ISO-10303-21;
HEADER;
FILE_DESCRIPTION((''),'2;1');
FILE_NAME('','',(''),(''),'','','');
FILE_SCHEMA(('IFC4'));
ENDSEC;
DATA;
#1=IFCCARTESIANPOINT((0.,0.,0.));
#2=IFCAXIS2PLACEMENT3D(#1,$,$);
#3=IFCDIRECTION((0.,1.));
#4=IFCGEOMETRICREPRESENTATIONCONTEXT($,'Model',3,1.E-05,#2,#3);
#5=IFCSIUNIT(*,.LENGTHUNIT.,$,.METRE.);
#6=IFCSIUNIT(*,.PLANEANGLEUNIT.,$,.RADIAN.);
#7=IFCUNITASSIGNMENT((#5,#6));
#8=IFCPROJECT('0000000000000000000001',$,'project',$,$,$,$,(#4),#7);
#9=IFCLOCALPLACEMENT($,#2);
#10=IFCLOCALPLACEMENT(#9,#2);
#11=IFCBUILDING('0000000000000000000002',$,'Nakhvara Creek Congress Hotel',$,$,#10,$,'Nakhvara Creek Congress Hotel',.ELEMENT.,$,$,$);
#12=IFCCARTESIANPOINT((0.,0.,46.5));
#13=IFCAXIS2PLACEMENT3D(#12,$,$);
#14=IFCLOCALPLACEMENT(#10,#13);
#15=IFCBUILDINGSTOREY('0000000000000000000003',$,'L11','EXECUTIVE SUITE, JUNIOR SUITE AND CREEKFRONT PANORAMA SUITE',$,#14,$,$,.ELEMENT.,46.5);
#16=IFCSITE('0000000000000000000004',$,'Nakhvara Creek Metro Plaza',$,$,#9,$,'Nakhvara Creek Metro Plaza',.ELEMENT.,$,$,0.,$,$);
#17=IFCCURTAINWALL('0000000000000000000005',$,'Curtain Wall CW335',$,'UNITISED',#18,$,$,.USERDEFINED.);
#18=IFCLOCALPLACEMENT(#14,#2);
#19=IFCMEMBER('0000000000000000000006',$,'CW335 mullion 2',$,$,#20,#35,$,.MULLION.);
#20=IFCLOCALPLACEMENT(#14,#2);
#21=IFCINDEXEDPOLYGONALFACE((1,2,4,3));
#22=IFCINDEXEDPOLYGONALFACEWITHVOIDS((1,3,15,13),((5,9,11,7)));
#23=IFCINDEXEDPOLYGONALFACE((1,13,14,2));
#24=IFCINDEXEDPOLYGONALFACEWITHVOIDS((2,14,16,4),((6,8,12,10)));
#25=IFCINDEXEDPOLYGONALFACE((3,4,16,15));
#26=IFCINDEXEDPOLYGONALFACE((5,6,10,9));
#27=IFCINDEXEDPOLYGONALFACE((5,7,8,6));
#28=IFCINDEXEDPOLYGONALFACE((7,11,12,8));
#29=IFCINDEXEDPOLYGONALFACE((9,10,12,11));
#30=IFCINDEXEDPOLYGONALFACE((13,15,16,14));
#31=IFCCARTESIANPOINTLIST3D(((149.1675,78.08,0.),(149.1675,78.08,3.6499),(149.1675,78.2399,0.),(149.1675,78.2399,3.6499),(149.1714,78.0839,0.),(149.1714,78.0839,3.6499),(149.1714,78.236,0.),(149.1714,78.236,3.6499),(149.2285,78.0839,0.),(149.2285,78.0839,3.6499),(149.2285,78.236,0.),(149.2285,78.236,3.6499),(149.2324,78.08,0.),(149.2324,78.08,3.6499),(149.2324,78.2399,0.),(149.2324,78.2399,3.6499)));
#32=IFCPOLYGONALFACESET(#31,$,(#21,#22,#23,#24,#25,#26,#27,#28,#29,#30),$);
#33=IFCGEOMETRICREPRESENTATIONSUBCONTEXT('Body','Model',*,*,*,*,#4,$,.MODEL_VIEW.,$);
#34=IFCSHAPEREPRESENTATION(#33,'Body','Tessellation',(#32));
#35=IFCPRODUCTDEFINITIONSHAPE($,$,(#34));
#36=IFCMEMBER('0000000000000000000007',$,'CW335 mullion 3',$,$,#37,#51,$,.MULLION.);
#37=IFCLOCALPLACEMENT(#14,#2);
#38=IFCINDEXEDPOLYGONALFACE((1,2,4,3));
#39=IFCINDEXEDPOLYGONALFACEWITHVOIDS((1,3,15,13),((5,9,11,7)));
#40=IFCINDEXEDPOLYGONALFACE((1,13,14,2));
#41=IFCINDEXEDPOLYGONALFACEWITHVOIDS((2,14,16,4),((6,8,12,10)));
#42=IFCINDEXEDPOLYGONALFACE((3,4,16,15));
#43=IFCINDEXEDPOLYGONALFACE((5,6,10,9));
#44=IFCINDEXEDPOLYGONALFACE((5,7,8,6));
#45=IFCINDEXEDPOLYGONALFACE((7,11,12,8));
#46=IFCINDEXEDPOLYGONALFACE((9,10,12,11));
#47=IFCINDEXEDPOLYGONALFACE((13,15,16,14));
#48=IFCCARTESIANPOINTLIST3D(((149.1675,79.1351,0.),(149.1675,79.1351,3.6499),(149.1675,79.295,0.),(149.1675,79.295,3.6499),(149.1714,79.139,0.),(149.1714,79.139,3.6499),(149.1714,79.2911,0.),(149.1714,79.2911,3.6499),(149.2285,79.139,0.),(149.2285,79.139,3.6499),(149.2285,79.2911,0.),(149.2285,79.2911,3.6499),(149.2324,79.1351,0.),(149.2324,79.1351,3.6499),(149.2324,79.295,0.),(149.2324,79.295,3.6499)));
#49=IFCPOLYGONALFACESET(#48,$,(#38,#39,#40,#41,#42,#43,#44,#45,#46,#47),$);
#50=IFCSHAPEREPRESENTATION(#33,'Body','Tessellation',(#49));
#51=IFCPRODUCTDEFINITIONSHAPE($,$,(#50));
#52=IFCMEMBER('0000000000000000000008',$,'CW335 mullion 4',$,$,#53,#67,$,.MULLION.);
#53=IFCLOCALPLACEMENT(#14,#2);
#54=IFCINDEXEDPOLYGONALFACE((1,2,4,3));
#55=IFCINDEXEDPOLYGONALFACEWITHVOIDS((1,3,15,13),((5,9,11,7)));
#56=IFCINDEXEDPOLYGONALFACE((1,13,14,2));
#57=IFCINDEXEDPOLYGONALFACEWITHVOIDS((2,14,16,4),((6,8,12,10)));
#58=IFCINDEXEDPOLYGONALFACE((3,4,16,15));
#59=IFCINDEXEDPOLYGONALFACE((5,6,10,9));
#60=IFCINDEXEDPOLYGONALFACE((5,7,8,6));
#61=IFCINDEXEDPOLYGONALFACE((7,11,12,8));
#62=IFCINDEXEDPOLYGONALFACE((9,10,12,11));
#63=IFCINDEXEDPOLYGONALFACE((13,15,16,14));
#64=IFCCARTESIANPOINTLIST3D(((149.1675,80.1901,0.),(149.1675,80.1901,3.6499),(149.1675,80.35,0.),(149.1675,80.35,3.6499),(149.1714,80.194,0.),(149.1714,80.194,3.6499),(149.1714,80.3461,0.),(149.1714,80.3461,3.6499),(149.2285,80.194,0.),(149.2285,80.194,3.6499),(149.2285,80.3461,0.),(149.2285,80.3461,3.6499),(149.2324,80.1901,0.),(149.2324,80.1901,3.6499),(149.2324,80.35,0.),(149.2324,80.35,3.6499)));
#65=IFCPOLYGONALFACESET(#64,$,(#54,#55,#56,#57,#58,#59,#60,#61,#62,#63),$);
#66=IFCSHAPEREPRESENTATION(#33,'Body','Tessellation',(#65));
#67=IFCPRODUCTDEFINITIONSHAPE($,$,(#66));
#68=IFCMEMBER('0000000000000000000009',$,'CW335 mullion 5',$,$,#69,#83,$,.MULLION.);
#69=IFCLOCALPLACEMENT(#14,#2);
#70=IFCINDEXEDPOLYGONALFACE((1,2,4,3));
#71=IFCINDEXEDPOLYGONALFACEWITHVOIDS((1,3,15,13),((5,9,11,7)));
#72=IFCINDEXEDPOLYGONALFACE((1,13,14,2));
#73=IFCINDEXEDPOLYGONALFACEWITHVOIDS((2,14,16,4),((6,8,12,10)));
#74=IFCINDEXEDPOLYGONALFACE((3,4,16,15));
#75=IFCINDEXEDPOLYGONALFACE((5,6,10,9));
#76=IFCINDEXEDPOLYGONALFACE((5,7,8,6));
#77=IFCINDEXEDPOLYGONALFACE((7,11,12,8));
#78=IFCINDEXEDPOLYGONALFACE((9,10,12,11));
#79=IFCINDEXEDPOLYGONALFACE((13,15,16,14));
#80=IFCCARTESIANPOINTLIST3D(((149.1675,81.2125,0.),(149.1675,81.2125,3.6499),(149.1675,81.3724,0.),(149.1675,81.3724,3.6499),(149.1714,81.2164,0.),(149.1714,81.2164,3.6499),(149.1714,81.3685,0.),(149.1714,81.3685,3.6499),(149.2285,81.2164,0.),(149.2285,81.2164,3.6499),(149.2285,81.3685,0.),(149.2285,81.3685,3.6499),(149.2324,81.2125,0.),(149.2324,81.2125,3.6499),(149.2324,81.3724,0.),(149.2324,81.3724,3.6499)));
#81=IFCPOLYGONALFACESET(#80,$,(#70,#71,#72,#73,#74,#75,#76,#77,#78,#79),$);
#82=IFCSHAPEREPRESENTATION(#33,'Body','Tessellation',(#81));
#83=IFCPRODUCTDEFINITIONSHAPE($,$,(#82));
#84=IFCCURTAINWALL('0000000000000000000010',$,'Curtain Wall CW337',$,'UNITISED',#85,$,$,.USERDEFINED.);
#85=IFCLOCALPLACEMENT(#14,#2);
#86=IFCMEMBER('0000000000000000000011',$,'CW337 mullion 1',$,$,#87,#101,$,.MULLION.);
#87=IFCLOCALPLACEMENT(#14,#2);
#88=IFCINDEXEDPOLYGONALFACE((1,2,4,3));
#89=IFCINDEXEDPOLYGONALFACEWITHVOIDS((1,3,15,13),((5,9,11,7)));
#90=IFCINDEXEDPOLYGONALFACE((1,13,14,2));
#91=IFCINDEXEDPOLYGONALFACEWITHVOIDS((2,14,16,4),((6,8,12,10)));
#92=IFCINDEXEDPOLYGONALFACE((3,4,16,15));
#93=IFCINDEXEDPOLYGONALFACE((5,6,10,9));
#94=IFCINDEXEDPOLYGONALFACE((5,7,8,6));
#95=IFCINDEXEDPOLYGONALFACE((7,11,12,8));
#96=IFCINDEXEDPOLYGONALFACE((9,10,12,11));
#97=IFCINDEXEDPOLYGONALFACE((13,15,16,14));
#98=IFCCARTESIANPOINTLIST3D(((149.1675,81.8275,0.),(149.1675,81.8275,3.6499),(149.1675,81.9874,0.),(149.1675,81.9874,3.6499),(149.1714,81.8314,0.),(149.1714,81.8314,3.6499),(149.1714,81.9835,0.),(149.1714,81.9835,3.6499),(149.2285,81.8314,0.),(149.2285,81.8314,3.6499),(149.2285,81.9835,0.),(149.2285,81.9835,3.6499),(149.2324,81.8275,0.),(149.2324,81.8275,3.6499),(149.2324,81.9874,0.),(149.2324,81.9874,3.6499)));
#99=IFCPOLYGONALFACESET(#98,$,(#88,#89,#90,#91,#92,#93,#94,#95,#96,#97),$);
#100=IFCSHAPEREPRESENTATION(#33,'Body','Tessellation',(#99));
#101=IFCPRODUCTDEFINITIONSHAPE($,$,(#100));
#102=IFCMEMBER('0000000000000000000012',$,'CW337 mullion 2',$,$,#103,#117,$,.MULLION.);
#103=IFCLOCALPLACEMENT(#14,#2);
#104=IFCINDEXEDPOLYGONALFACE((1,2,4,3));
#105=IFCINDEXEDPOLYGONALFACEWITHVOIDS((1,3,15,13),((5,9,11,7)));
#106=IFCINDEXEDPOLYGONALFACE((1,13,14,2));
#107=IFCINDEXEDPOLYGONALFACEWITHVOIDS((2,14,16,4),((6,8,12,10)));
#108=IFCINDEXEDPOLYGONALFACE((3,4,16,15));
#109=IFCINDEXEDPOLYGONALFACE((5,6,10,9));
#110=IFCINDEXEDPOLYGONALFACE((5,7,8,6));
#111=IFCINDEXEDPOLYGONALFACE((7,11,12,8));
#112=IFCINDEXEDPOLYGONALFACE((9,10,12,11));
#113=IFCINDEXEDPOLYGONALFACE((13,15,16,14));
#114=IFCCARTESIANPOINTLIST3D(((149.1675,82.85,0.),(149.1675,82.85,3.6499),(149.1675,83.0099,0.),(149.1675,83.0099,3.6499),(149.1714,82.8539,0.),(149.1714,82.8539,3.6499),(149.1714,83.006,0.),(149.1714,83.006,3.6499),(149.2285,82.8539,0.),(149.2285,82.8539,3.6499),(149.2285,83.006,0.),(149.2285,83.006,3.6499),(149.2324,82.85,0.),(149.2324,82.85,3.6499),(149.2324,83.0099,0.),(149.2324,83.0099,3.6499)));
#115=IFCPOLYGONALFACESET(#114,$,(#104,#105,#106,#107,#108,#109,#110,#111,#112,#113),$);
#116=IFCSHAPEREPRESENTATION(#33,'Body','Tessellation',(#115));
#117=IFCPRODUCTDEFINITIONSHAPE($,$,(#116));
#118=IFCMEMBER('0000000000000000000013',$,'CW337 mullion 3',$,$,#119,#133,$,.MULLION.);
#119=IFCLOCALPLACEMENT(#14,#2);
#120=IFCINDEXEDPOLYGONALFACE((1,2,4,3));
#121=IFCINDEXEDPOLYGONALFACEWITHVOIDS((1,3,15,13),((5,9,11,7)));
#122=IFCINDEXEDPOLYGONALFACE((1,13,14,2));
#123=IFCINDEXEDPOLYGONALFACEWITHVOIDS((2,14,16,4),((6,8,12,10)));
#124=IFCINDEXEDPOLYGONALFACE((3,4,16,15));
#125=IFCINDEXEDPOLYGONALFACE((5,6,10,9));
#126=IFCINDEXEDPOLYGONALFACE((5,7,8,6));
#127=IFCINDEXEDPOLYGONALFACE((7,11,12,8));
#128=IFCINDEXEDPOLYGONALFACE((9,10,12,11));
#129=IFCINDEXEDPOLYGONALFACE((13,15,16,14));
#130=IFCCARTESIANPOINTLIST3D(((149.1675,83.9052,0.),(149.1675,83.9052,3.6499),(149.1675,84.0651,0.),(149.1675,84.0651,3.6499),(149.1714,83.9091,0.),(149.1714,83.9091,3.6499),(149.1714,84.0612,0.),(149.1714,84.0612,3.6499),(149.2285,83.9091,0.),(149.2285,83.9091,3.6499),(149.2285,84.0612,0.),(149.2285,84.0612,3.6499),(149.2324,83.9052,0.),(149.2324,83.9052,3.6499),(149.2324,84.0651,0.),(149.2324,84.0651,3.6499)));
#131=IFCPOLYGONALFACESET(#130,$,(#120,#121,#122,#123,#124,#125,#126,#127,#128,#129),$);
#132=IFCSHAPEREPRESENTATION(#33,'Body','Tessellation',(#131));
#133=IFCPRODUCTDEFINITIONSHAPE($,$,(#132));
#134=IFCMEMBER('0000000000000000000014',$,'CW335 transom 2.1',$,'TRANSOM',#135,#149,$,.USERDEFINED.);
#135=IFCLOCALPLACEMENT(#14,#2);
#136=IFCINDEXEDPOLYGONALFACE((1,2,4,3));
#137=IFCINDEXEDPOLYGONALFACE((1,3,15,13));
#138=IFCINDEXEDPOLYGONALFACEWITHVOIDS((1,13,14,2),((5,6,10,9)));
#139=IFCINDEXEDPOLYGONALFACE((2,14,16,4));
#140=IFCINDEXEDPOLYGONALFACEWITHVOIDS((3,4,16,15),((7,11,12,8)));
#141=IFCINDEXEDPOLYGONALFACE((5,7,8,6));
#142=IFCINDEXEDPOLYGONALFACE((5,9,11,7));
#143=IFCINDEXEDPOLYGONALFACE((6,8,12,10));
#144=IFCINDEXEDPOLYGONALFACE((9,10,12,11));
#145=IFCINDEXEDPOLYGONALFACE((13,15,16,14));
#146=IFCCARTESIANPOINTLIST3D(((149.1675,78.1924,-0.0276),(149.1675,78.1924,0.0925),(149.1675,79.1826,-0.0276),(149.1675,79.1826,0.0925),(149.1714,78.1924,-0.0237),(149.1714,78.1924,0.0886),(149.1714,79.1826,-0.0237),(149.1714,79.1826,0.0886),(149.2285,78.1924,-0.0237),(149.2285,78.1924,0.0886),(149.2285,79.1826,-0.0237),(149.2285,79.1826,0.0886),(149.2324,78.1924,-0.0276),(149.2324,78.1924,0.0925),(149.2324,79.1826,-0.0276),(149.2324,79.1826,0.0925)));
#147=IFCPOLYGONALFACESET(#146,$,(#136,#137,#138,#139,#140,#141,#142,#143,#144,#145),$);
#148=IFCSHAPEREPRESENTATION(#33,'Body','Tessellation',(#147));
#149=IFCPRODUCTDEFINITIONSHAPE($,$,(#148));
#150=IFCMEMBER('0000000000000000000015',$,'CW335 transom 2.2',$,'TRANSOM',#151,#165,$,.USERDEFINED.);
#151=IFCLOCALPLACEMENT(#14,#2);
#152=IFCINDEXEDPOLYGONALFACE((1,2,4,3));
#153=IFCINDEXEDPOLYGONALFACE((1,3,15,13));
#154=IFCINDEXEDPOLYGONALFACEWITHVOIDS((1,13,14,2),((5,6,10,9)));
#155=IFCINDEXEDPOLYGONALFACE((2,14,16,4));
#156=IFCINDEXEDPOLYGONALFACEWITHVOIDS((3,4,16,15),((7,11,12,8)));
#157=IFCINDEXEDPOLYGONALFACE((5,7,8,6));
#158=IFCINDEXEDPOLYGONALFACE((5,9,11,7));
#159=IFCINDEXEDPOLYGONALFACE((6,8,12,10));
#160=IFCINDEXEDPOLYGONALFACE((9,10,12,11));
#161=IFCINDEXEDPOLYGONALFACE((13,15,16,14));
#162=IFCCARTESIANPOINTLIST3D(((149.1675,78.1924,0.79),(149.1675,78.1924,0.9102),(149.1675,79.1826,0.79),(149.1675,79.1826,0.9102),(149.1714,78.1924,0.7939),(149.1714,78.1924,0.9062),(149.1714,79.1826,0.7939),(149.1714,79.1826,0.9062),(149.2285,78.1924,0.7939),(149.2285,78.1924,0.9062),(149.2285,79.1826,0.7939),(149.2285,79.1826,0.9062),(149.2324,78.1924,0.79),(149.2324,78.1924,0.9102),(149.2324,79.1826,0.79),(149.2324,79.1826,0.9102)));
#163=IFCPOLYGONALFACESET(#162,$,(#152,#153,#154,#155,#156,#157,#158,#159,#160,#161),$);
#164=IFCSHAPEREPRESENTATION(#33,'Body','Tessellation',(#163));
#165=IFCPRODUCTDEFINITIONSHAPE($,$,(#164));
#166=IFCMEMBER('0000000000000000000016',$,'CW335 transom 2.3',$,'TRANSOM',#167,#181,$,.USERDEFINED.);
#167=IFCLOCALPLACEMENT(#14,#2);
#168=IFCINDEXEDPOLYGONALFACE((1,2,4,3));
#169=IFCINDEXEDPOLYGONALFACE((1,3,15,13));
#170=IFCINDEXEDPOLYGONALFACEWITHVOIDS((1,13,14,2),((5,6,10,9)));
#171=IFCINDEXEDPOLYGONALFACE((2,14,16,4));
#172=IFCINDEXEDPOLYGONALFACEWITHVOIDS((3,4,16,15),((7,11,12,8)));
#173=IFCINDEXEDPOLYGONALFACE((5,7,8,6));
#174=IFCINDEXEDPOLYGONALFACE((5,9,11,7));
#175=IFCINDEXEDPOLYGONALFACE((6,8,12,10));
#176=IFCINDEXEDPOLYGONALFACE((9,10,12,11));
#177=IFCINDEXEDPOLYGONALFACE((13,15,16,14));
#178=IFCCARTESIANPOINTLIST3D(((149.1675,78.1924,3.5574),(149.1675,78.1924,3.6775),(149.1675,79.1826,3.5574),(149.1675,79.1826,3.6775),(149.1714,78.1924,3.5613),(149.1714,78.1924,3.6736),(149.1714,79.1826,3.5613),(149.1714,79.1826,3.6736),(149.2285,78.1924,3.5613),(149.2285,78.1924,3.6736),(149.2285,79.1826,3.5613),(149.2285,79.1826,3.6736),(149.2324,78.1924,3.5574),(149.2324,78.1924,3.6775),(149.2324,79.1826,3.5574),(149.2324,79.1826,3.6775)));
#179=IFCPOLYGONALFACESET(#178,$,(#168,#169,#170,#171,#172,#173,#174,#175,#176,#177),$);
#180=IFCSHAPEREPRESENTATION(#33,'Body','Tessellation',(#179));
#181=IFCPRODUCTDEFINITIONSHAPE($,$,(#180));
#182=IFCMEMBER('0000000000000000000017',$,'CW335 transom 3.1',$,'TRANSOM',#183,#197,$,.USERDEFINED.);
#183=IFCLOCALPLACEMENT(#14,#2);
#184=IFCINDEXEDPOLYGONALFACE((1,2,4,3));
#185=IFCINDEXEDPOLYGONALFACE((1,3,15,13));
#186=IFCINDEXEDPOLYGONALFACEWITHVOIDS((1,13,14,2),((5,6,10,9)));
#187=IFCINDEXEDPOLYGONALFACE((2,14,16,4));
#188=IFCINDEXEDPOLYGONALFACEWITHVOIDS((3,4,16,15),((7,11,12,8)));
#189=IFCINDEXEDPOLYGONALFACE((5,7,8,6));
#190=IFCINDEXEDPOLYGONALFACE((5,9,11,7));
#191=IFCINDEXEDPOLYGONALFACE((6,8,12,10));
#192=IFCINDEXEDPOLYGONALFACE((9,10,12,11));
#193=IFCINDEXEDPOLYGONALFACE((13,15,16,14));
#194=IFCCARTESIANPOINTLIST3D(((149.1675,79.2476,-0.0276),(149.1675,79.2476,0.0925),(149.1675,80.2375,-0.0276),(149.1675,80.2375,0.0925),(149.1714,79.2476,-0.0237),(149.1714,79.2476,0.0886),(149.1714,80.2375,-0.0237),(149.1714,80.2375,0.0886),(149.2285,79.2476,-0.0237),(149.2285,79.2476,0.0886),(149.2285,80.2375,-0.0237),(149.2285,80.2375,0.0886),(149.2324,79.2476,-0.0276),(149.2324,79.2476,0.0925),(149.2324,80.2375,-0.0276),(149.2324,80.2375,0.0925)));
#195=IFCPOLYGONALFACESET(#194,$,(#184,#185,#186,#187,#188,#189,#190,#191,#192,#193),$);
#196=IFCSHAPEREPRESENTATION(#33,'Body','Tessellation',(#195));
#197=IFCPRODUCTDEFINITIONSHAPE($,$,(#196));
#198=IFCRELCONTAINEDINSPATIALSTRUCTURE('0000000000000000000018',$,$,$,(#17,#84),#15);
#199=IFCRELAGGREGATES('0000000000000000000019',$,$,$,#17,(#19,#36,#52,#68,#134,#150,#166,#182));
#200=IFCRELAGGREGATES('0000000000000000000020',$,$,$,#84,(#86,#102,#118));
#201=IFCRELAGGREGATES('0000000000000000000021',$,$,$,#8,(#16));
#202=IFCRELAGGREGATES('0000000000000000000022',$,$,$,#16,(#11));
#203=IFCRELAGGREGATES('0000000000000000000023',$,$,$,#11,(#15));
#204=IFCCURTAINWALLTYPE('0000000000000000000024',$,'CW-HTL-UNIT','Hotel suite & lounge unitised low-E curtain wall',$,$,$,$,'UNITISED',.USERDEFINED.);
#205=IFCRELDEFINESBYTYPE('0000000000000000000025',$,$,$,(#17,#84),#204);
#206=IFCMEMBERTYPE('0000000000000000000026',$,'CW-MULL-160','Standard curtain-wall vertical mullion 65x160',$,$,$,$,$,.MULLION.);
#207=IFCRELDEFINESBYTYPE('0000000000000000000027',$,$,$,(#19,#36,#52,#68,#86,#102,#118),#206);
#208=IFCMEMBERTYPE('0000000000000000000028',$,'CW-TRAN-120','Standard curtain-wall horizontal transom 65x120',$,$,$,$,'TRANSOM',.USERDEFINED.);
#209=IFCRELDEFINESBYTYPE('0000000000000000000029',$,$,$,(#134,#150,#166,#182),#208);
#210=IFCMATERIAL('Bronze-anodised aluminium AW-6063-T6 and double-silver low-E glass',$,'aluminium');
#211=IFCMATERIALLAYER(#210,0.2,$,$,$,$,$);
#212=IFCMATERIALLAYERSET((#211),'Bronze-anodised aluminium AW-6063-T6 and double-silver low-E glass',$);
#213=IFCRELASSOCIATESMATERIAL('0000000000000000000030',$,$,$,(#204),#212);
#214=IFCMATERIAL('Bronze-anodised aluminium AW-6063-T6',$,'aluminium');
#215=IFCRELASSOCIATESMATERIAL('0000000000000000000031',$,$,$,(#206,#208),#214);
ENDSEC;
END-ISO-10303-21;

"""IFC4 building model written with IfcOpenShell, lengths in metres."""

from ifc_helpers import new_model, si_unit, direction, frame, origin, origin_2d, place, context, subcontext, project, spatial, hollow_rectangle, extrude, material, layer, layer_set, material_profile, profile_set, type_object, element, aggregate, save


model = new_model("IFC4")

# Units and contexts
model_context = context("Model", 3, precision=1e-05, world=origin(), true_north=direction((0.0, 1.0)))
body_context = subcontext(model_context, "Body", "Model", "MODEL_VIEW")
ifc_project = project(units=[si_unit("LENGTHUNIT", "METRE"), si_unit("PLANEANGLEUNIT", "RADIAN")], contexts=[model_context])

# Site, building, storey
site_placement = place(None, origin())
site = spatial("IfcSite", under=ifc_project, at=site_placement, Name="Nakhvara Creek Metro Plaza", LongName="Nakhvara Creek Metro Plaza", CompositionType="ELEMENT", RefElevation=0.0)
building_placement = place(site_placement, origin())
building = spatial("IfcBuilding", under=site, at=building_placement, Name="Nakhvara Creek Congress Hotel", LongName="Nakhvara Creek Congress Hotel", CompositionType="ELEMENT")
storey_placement = place(building_placement, frame((0.0, 0.0, 46.5)))
storey = spatial("IfcBuildingStorey", under=building, at=storey_placement, Name="L11", Description="EXECUTIVE SUITE, JUNIOR SUITE AND CREEKFRONT PANORAMA SUITE", CompositionType="ELEMENT", Elevation=46.5)

# Curtain walls, members
ifc_material_1 = material(Name="Bronze-anodised aluminium AW-6063-T6 and double-silver low-E glass", Category="aluminium")
ifc_layer = layer(ifc_material_1, 0.2)
ifc_layer_set = layer_set([ifc_layer], Name="Bronze-anodised aluminium AW-6063-T6 and double-silver low-E glass")
curtain_wall_type = type_object("IfcCurtainWallType", Name="CW-HTL-UNIT", Description="Hotel suite & lounge unitised low-E curtain wall", ElementType="UNITISED", PredefinedType="USERDEFINED", material=ifc_layer_set)
curtain_wall_1_placement = place(storey_placement, origin())
curtain_wall_1 = element("IfcCurtainWall", 1, at=curtain_wall_1_placement, inside=storey, type_object=curtain_wall_type, Name="Curtain Wall CW335", ObjectType="UNITISED", PredefinedType="USERDEFINED")
ifc_material_2 = material(Name="Bronze-anodised aluminium AW-6063-T6", Category="aluminium")
ifc_material_profile_1 = material_profile(ifc_material_2, hollow_rectangle(XDim=0.0649, YDim=0.1599, WallThickness=0.0039, at=origin_2d()), Name="ALU-MULL 65x160x4", Category="LoadBearing")
ifc_profile_set_1 = profile_set([ifc_material_profile_1], Name="Bronze-anodised aluminium AW-6063-T6")
member_type_1 = type_object("IfcMemberType", Name="CW-MULL-160", Description="Standard curtain-wall vertical mullion 65x160", PredefinedType="MULLION", material=ifc_profile_set_1)
member_1_placement = place(storey_placement, frame((149.2, 78.1599, 0.0), z_axis=(0.0, 0.0, 1.0), x_axis=(-1.0, 0.0, 0.0)))
member_1 = element("IfcMember", 2, at=member_1_placement, type_object=member_type_1, Name="CW335 mullion 2", PredefinedType="MULLION", context=body_context, shape_type="SweptSolid", body=[
    extrude(hollow_rectangle(XDim=0.0649, YDim=0.1599, WallThickness=0.0039, at=origin_2d()), origin(), (0.0, 0.0, 1.0), 3.6499),
])
member_2_placement = place(storey_placement, frame((149.2, 79.2151, 0.0), z_axis=(0.0, 0.0, 1.0), x_axis=(-1.0, 0.0, 0.0)))
member_2 = element("IfcMember", 3, at=member_2_placement, type_object=member_type_1, Name="CW335 mullion 3", PredefinedType="MULLION", context=body_context, shape_type="SweptSolid", body=[
    extrude(hollow_rectangle(XDim=0.0649, YDim=0.1599, WallThickness=0.0039, at=origin_2d()), origin(), (0.0, 0.0, 1.0), 3.6499),
])
member_3_placement = place(storey_placement, frame((149.2, 80.27, 0.0), z_axis=(0.0, 0.0, 1.0), x_axis=(-1.0, 0.0, 0.0)))
member_3 = element("IfcMember", 4, at=member_3_placement, type_object=member_type_1, Name="CW335 mullion 4", PredefinedType="MULLION", context=body_context, shape_type="SweptSolid", body=[
    extrude(hollow_rectangle(XDim=0.0649, YDim=0.1599, WallThickness=0.0039, at=origin_2d()), origin(), (0.0, 0.0, 1.0), 3.6499),
])
member_4_placement = place(storey_placement, frame((149.2, 81.2925, 0.0), z_axis=(0.0, 0.0, 1.0), x_axis=(-1.0, 0.0, 0.0)))
member_4 = element("IfcMember", 5, at=member_4_placement, type_object=member_type_1, Name="CW335 mullion 5", PredefinedType="MULLION", context=body_context, shape_type="SweptSolid", body=[
    extrude(hollow_rectangle(XDim=0.0649, YDim=0.1599, WallThickness=0.0039, at=origin_2d()), origin(), (0.0, 0.0, 1.0), 3.6499),
])
curtain_wall_2_placement = place(storey_placement, origin())
curtain_wall_2 = element("IfcCurtainWall", 6, at=curtain_wall_2_placement, inside=storey, type_object=curtain_wall_type, Name="Curtain Wall CW337", ObjectType="UNITISED", PredefinedType="USERDEFINED")
member_5_placement = place(storey_placement, frame((149.2, 81.9075, 0.0), z_axis=(0.0, 0.0, 1.0), x_axis=(-1.0, 0.0, 0.0)))
member_5 = element("IfcMember", 7, at=member_5_placement, type_object=member_type_1, Name="CW337 mullion 1", PredefinedType="MULLION", context=body_context, shape_type="SweptSolid", body=[
    extrude(hollow_rectangle(XDim=0.0649, YDim=0.1599, WallThickness=0.0039, at=origin_2d()), origin(), (0.0, 0.0, 1.0), 3.6499),
])
member_6_placement = place(storey_placement, frame((149.2, 82.9299, 0.0), z_axis=(0.0, 0.0, 1.0), x_axis=(-1.0, 0.0, 0.0)))
member_6 = element("IfcMember", 8, at=member_6_placement, type_object=member_type_1, Name="CW337 mullion 2", PredefinedType="MULLION", context=body_context, shape_type="SweptSolid", body=[
    extrude(hollow_rectangle(XDim=0.0649, YDim=0.1599, WallThickness=0.0039, at=origin_2d()), origin(), (0.0, 0.0, 1.0), 3.6499),
])
member_7_placement = place(storey_placement, frame((149.2, 83.9851, 0.0), z_axis=(0.0, 0.0, 1.0), x_axis=(-1.0, 0.0, 0.0)))
member_7 = element("IfcMember", 9, at=member_7_placement, type_object=member_type_1, Name="CW337 mullion 3", PredefinedType="MULLION", context=body_context, shape_type="SweptSolid", body=[
    extrude(hollow_rectangle(XDim=0.0649, YDim=0.1599, WallThickness=0.0039, at=origin_2d()), origin(), (0.0, 0.0, 1.0), 3.6499),
])

# Members
ifc_material_profile_2 = material_profile(ifc_material_2, hollow_rectangle(XDim=0.0649, YDim=0.1201, WallThickness=0.0039, at=origin_2d()), Name="ALU-TRAN 65x120x4", Category="LoadBearing")
ifc_profile_set_2 = profile_set([ifc_material_profile_2], Name="Bronze-anodised aluminium AW-6063-T6")
member_type_2 = type_object("IfcMemberType", Name="CW-TRAN-120", Description="Standard curtain-wall horizontal transom 65x120", ElementType="TRANSOM", PredefinedType="USERDEFINED", material=ifc_profile_set_2)
member_8_placement = place(storey_placement, frame((149.2, 78.1924, 0.0325), z_axis=(0.0, 1.0, 0.0), x_axis=(-1.0, 0.0, 0.0)))
member_8 = element("IfcMember", 10, at=member_8_placement, type_object=member_type_2, Name="CW335 transom 2.1", ObjectType="TRANSOM", PredefinedType="USERDEFINED", context=body_context, shape_type="SweptSolid", body=[
    extrude(hollow_rectangle(XDim=0.0649, YDim=0.1201, WallThickness=0.0039, at=origin_2d()), origin(), (0.0, 0.0, 1.0), 0.9902),
])
member_9_placement = place(storey_placement, frame((149.2, 78.1924, 0.8501), z_axis=(0.0, 1.0, 0.0), x_axis=(-1.0, 0.0, 0.0)))
member_9 = element("IfcMember", 11, at=member_9_placement, type_object=member_type_2, Name="CW335 transom 2.2", ObjectType="TRANSOM", PredefinedType="USERDEFINED", context=body_context, shape_type="SweptSolid", body=[
    extrude(hollow_rectangle(XDim=0.0649, YDim=0.1201, WallThickness=0.0039, at=origin_2d()), origin(), (0.0, 0.0, 1.0), 0.9902),
])
member_10_placement = place(storey_placement, frame((149.2, 78.1924, 3.6174), z_axis=(0.0, 1.0, 0.0), x_axis=(-1.0, 0.0, 0.0)))
member_10 = element("IfcMember", 12, at=member_10_placement, type_object=member_type_2, Name="CW335 transom 2.3", ObjectType="TRANSOM", PredefinedType="USERDEFINED", context=body_context, shape_type="SweptSolid", body=[
    extrude(hollow_rectangle(XDim=0.0649, YDim=0.1201, WallThickness=0.0039, at=origin_2d()), origin(), (0.0, 0.0, 1.0), 0.9902),
])
member_11_placement = place(storey_placement, frame((149.2, 79.2476, 0.0325), z_axis=(0.0, 1.0, 0.0), x_axis=(-1.0, 0.0, 0.0)))
member_11 = element("IfcMember", 13, at=member_11_placement, type_object=member_type_2, Name="CW335 transom 3.1", ObjectType="TRANSOM", PredefinedType="USERDEFINED", context=body_context, shape_type="SweptSolid", body=[
    extrude(hollow_rectangle(XDim=0.0649, YDim=0.1201, WallThickness=0.0039, at=origin_2d()), origin(), (0.0, 0.0, 1.0), 0.99),
])

aggregate(curtain_wall_1, [member_1, member_2, member_3, member_4, member_8, member_9, member_10, member_11])
aggregate(curtain_wall_2, [member_5, member_6, member_7])

save(model, "model.ifc")
